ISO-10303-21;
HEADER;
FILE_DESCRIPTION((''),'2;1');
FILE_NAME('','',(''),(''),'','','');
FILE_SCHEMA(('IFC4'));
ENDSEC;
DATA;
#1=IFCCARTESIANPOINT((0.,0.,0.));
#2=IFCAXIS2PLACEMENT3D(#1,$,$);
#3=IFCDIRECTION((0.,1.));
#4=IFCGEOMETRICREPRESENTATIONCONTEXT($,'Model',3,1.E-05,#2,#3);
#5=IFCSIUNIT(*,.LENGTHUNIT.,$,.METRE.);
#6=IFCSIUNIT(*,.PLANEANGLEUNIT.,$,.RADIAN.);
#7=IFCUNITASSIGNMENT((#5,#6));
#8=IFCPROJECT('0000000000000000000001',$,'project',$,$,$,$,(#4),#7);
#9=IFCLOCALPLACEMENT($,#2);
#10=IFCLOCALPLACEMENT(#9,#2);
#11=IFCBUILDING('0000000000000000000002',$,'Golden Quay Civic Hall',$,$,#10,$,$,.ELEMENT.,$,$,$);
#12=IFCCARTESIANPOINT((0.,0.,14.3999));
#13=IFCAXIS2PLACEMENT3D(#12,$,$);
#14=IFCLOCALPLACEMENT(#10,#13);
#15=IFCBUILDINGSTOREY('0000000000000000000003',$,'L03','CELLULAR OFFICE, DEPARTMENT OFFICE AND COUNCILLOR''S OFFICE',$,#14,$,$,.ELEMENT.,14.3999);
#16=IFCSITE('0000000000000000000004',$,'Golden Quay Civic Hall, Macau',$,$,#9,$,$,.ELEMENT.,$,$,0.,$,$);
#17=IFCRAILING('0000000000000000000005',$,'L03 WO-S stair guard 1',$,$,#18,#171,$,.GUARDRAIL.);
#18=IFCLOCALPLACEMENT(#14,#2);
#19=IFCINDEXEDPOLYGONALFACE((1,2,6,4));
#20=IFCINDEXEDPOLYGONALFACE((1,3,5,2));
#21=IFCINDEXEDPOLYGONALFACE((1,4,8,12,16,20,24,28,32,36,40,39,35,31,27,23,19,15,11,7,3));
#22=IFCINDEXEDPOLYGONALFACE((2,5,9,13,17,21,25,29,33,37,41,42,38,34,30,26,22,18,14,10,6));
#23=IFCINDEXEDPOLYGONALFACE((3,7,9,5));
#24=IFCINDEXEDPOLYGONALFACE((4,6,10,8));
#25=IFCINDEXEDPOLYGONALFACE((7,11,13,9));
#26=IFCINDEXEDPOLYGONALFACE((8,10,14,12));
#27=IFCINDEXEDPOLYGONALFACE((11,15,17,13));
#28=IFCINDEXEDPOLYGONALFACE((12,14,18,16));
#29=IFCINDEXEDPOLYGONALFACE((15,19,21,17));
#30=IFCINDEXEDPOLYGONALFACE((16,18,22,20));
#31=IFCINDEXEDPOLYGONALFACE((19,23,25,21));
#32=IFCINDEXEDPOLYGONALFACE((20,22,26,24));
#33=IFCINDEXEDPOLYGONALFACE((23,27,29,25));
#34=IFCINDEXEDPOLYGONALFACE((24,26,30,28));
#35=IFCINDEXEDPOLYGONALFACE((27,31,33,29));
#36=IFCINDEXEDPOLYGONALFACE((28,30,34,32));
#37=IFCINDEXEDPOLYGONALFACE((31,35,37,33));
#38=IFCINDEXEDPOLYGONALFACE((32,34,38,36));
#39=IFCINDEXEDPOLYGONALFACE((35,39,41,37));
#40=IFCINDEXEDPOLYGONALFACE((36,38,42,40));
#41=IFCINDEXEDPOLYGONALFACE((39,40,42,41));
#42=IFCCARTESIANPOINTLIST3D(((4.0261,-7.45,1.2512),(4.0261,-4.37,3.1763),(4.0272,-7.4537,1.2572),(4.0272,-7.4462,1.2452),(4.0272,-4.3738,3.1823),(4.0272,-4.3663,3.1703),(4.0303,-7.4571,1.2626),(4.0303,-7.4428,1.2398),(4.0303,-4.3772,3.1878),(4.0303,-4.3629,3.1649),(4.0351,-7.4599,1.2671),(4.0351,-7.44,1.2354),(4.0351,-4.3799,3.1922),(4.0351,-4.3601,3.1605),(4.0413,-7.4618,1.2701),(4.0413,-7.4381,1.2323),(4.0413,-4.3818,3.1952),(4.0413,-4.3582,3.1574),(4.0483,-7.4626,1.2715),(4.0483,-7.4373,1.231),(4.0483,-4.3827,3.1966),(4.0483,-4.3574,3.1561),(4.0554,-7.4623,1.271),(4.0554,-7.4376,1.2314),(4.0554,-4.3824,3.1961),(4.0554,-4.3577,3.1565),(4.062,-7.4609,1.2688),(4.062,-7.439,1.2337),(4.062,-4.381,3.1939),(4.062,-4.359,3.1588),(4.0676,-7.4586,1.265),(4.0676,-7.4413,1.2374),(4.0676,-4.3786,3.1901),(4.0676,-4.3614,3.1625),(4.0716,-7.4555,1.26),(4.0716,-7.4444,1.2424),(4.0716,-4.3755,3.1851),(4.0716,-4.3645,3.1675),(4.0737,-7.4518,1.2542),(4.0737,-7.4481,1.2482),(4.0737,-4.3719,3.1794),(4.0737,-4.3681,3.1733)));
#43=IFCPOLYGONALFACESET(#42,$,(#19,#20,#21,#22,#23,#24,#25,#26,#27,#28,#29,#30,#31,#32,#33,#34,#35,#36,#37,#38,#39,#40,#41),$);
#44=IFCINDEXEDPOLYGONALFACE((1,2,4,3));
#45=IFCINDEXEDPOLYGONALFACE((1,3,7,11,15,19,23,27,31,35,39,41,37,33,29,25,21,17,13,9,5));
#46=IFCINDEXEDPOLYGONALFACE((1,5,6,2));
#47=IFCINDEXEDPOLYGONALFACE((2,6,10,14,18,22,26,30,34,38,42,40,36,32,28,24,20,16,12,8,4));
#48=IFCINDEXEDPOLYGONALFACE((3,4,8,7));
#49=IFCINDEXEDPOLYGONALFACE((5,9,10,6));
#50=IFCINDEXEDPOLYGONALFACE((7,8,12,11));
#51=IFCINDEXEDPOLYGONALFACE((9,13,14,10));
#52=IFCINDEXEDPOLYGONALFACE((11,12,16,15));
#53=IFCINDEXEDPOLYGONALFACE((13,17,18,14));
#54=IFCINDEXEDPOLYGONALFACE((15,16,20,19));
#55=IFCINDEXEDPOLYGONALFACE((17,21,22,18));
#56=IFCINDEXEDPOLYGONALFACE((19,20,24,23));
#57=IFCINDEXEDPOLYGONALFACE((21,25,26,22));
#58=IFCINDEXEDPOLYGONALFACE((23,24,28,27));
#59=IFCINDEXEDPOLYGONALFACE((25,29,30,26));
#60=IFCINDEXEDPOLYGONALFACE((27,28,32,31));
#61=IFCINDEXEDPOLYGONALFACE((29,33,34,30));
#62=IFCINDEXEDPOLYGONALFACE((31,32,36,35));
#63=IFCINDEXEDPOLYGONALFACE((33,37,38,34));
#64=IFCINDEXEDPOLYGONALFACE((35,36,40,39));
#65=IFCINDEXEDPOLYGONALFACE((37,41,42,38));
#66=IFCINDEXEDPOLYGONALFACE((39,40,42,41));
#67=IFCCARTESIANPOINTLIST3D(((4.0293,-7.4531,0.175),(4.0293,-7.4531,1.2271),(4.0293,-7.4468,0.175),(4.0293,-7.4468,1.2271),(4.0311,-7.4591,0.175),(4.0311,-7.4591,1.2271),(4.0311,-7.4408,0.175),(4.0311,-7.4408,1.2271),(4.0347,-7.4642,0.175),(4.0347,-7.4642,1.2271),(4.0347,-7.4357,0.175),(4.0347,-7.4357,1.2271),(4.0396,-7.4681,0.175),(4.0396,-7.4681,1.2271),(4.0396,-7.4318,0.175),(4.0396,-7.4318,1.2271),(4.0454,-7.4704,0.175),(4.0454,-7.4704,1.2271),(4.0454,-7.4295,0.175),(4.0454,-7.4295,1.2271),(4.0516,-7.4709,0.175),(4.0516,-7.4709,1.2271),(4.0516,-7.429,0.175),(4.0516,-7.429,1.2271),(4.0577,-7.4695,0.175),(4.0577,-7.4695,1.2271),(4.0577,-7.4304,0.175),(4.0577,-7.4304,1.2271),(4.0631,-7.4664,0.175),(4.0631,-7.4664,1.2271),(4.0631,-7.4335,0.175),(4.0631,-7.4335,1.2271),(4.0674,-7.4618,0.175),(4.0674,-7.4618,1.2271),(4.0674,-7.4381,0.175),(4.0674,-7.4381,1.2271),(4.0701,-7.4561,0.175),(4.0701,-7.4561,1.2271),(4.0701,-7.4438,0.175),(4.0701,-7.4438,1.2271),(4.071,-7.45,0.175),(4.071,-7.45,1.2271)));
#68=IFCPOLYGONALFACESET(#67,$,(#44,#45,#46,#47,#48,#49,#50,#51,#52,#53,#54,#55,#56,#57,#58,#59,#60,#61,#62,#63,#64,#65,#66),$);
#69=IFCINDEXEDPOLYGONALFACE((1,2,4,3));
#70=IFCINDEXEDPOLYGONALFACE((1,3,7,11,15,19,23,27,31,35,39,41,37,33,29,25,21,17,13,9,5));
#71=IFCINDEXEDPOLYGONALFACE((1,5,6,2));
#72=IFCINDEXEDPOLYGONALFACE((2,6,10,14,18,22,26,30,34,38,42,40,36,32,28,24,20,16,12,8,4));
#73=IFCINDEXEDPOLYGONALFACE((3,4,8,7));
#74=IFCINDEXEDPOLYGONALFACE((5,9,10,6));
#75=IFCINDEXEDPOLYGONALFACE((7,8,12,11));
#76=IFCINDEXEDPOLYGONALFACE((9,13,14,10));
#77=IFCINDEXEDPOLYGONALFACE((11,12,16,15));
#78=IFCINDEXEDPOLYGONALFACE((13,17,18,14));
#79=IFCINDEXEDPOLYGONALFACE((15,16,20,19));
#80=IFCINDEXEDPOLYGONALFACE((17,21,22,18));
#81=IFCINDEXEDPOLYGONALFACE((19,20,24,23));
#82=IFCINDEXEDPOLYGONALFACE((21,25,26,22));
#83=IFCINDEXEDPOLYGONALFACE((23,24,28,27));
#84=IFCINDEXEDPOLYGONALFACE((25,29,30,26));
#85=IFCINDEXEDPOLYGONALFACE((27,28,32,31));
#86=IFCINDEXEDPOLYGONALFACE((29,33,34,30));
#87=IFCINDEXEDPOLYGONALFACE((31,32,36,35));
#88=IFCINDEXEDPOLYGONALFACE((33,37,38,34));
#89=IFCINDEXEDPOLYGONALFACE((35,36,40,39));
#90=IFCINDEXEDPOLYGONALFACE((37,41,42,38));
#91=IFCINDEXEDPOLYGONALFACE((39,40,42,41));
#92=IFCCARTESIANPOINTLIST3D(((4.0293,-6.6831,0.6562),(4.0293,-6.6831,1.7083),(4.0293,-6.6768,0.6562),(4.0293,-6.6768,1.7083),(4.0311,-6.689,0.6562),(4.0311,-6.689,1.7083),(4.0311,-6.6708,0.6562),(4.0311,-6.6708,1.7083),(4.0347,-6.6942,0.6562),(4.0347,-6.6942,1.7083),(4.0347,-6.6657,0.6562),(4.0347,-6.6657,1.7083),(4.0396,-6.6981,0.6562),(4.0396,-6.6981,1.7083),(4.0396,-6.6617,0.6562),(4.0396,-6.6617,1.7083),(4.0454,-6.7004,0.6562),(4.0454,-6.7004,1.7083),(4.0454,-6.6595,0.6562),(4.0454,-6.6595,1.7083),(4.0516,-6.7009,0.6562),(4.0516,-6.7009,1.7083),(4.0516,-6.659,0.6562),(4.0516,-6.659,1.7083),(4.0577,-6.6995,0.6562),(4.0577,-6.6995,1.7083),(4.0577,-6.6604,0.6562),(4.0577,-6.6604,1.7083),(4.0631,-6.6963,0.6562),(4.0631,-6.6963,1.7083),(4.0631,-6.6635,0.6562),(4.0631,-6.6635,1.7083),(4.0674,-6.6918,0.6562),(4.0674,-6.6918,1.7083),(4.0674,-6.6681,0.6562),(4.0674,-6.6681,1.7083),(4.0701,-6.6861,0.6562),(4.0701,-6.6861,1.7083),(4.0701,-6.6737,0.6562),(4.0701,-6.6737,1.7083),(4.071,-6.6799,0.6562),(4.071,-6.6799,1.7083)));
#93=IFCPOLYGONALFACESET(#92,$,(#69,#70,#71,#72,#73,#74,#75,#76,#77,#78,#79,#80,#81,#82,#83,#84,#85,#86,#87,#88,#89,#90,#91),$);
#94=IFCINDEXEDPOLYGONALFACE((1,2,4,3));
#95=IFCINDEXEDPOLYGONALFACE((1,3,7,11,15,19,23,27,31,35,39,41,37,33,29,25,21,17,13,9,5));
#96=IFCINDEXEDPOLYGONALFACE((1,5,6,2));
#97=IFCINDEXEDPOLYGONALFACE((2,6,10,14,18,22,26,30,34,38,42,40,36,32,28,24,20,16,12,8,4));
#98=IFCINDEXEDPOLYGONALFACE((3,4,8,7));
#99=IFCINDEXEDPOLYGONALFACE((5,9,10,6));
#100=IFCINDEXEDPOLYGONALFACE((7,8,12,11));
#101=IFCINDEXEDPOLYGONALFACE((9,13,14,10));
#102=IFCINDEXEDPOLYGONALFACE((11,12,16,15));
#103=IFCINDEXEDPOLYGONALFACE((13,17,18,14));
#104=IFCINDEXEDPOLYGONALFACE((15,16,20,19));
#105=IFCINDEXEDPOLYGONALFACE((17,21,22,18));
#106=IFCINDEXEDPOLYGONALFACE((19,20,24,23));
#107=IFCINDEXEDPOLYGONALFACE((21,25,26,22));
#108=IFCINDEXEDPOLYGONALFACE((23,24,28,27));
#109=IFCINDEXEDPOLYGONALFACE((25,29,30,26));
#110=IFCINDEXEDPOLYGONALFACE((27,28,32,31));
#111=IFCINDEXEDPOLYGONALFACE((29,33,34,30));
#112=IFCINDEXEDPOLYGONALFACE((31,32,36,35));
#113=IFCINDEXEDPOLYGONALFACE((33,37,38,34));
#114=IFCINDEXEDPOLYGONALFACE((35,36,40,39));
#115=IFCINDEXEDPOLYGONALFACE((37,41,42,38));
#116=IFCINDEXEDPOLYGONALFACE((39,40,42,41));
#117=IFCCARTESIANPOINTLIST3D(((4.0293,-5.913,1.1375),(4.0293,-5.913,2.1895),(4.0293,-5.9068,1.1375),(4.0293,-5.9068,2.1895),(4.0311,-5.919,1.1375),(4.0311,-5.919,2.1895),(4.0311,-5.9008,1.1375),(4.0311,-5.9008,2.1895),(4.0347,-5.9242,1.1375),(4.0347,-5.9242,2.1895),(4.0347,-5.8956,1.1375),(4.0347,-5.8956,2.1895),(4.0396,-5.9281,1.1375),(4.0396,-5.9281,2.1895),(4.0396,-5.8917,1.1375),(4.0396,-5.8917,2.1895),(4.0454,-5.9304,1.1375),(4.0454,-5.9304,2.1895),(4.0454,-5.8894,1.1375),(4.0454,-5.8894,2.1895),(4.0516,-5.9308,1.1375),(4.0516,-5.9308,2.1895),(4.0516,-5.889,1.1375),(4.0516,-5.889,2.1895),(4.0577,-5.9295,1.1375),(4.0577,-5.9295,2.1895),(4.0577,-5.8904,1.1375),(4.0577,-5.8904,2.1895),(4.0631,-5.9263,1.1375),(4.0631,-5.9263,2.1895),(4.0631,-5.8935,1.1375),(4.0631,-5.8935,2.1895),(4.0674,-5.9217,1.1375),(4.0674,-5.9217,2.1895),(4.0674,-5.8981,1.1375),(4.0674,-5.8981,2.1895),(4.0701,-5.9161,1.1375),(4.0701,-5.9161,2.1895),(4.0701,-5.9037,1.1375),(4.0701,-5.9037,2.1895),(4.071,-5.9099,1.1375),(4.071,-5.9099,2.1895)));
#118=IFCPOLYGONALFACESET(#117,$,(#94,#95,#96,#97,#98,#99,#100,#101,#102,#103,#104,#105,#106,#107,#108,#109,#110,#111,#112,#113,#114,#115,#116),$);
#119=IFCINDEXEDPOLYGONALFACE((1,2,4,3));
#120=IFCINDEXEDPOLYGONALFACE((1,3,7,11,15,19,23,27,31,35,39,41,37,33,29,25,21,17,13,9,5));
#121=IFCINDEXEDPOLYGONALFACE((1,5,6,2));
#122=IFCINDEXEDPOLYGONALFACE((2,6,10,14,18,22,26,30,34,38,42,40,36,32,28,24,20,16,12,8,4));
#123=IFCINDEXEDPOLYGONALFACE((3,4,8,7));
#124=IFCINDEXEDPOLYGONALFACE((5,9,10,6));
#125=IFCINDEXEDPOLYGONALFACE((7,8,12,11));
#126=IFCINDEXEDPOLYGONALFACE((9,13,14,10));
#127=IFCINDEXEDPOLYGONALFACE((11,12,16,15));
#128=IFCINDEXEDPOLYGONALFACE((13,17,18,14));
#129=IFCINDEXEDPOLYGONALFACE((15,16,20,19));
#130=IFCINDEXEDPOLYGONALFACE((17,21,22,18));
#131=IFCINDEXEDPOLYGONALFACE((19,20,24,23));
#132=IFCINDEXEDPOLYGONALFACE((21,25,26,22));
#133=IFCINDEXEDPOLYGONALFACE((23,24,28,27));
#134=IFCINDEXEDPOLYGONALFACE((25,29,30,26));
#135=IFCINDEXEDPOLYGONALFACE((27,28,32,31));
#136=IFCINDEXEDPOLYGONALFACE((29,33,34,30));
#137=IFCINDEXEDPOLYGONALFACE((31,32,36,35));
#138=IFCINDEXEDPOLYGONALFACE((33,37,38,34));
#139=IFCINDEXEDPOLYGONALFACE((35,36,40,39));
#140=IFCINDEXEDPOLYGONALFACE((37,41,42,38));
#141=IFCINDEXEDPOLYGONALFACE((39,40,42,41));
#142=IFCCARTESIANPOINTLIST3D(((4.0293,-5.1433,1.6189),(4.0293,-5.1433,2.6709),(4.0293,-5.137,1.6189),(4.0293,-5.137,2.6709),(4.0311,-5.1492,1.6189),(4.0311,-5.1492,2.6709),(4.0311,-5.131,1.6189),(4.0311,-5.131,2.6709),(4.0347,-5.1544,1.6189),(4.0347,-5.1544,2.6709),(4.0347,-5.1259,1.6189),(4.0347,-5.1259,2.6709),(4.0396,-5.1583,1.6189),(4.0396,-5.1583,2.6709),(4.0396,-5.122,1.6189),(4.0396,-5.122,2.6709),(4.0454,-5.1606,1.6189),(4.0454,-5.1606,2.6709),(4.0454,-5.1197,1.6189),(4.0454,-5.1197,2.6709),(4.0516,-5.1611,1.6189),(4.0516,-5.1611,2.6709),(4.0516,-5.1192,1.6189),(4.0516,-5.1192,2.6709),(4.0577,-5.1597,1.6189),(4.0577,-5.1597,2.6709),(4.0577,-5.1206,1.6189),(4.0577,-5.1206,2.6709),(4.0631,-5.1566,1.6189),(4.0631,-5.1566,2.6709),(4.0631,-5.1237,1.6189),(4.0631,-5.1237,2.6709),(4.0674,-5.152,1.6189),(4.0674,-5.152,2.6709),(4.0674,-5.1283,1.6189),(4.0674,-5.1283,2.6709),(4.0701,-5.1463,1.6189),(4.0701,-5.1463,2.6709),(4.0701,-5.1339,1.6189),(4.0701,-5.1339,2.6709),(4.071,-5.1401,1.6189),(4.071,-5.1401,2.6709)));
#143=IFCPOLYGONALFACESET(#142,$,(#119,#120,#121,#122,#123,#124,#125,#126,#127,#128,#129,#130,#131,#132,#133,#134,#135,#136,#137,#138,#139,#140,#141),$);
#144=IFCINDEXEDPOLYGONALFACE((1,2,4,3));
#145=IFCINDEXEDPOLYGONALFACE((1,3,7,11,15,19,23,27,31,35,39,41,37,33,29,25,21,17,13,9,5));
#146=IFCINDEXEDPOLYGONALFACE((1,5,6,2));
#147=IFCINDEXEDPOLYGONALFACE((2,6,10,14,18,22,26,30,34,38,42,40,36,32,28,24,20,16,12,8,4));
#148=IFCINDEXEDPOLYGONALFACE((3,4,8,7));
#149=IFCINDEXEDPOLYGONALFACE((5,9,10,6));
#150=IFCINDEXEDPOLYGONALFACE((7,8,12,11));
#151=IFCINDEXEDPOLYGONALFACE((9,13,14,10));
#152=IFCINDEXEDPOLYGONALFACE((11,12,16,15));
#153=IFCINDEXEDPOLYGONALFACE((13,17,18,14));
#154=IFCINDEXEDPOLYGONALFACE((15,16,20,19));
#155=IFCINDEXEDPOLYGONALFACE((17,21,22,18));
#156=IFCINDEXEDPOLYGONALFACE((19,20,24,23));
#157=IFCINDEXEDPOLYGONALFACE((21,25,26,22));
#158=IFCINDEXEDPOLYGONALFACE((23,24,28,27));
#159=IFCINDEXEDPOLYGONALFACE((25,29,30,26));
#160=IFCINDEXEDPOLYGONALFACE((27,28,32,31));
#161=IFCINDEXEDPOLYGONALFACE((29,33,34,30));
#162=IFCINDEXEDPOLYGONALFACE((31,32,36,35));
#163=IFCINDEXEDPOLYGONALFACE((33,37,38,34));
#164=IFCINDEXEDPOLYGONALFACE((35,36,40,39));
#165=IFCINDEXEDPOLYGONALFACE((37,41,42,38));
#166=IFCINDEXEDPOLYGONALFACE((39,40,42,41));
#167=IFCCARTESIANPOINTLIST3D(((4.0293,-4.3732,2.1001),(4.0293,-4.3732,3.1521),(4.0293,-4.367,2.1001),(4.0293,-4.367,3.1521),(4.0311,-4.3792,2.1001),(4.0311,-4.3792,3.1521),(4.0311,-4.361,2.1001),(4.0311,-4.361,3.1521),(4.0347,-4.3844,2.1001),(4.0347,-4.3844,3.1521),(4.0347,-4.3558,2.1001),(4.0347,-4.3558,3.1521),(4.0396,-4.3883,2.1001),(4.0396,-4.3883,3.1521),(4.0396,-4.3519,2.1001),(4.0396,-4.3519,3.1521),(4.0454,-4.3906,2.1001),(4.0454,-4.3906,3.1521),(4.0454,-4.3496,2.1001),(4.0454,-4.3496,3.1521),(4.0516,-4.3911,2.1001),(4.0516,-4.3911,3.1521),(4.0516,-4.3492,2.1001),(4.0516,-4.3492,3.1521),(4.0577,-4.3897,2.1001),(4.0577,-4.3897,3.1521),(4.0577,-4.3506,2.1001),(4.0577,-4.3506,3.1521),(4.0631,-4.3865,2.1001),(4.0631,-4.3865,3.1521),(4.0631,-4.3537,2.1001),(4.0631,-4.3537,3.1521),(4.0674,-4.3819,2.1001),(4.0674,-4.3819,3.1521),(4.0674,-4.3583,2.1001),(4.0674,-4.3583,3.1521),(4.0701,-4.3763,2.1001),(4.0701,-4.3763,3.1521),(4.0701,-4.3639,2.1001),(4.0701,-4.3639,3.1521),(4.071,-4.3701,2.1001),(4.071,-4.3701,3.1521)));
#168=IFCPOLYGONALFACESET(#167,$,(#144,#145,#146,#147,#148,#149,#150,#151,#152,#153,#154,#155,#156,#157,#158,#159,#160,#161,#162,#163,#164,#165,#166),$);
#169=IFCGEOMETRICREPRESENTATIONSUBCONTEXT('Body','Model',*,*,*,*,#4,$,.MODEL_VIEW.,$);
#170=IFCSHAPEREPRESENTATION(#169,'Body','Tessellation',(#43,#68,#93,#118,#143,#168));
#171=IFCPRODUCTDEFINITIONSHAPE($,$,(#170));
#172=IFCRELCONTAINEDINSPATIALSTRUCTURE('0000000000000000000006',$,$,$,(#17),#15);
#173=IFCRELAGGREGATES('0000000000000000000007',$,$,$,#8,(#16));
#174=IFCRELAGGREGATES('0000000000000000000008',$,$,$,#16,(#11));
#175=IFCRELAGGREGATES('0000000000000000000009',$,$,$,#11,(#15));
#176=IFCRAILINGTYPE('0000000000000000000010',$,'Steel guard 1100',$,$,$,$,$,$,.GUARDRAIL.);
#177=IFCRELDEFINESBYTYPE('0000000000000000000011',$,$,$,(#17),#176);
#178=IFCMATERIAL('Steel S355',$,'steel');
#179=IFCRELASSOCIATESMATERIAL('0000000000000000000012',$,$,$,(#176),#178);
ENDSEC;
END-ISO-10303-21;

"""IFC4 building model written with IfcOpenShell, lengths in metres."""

from ifc_helpers import new_model, si_unit, direction, frame, origin, origin_2d, place, context, subcontext, project, spatial, circle, extrude, material, type_object, element, save


model = new_model("IFC4")

# Units and contexts
model_context = context("Model", 3, precision=1e-05, world=origin(), true_north=direction((0.0, 1.0)))
body_context = subcontext(model_context, "Body", "Model", "MODEL_VIEW")
ifc_project = project(units=[si_unit("LENGTHUNIT", "METRE"), si_unit("PLANEANGLEUNIT", "RADIAN")], contexts=[model_context])

# Site, building, storey
site_placement = place(None, origin())
site = spatial("IfcSite", under=ifc_project, at=site_placement, Name="Golden Quay Civic Hall, Macau", CompositionType="ELEMENT", RefElevation=0.0)
building_placement = place(site_placement, origin())
building = spatial("IfcBuilding", under=site, at=building_placement, Name="Golden Quay Civic Hall", CompositionType="ELEMENT")
storey_placement = place(building_placement, frame((0.0, 0.0, 14.3999)))
storey = spatial("IfcBuildingStorey", under=building, at=storey_placement, Name="L03", Description="CELLULAR OFFICE, DEPARTMENT OFFICE AND COUNCILLOR'S OFFICE", CompositionType="ELEMENT", Elevation=14.3999)

# Railing
ifc_material_1 = material(Name="Steel S355", Category="steel")
railing_type_1 = type_object("IfcRailingType", Name="Steel guard 1100", PredefinedType="GUARDRAIL", material=ifc_material_1)
railing_1_placement = place(storey_placement, frame((4.05, -7.45, 0.175)))
element("IfcRailing", 1, at=railing_1_placement, inside=storey, type_object=railing_type_1, Name="L03 WO-S stair guard 1", PredefinedType="GUARDRAIL", context=body_context, shape_type="SweptSolid", body=[
    extrude(circle(Radius=0.0239, at=origin_2d()), frame((0.0, 0.0, 1.0762), z_axis=(0.0, 0.847979, 0.530029), x_axis=(-1.0, 0.0, 0.0)), (0.0, 0.0, 1.0), 3.6321),
    extrude(circle(Radius=0.021, at=origin_2d()), origin(), (0.0, 0.0, 1.0), 1.052),
    extrude(circle(Radius=0.021, at=origin_2d()), frame((0.0, 0.77, 0.4812)), (0.0, 0.0, 1.0), 1.052),
    extrude(circle(Radius=0.021, at=origin_2d()), frame((0.0, 1.54, 0.9624)), (0.0, 0.0, 1.0), 1.052),
    extrude(circle(Radius=0.021, at=origin_2d()), frame((0.0, 2.3098, 1.4438)), (0.0, 0.0, 1.0), 1.052),
    extrude(circle(Radius=0.021, at=origin_2d()), frame((0.0, 3.0798, 1.925)), (0.0, 0.0, 1.0), 1.052),
])

save(model, "model.ifc")
